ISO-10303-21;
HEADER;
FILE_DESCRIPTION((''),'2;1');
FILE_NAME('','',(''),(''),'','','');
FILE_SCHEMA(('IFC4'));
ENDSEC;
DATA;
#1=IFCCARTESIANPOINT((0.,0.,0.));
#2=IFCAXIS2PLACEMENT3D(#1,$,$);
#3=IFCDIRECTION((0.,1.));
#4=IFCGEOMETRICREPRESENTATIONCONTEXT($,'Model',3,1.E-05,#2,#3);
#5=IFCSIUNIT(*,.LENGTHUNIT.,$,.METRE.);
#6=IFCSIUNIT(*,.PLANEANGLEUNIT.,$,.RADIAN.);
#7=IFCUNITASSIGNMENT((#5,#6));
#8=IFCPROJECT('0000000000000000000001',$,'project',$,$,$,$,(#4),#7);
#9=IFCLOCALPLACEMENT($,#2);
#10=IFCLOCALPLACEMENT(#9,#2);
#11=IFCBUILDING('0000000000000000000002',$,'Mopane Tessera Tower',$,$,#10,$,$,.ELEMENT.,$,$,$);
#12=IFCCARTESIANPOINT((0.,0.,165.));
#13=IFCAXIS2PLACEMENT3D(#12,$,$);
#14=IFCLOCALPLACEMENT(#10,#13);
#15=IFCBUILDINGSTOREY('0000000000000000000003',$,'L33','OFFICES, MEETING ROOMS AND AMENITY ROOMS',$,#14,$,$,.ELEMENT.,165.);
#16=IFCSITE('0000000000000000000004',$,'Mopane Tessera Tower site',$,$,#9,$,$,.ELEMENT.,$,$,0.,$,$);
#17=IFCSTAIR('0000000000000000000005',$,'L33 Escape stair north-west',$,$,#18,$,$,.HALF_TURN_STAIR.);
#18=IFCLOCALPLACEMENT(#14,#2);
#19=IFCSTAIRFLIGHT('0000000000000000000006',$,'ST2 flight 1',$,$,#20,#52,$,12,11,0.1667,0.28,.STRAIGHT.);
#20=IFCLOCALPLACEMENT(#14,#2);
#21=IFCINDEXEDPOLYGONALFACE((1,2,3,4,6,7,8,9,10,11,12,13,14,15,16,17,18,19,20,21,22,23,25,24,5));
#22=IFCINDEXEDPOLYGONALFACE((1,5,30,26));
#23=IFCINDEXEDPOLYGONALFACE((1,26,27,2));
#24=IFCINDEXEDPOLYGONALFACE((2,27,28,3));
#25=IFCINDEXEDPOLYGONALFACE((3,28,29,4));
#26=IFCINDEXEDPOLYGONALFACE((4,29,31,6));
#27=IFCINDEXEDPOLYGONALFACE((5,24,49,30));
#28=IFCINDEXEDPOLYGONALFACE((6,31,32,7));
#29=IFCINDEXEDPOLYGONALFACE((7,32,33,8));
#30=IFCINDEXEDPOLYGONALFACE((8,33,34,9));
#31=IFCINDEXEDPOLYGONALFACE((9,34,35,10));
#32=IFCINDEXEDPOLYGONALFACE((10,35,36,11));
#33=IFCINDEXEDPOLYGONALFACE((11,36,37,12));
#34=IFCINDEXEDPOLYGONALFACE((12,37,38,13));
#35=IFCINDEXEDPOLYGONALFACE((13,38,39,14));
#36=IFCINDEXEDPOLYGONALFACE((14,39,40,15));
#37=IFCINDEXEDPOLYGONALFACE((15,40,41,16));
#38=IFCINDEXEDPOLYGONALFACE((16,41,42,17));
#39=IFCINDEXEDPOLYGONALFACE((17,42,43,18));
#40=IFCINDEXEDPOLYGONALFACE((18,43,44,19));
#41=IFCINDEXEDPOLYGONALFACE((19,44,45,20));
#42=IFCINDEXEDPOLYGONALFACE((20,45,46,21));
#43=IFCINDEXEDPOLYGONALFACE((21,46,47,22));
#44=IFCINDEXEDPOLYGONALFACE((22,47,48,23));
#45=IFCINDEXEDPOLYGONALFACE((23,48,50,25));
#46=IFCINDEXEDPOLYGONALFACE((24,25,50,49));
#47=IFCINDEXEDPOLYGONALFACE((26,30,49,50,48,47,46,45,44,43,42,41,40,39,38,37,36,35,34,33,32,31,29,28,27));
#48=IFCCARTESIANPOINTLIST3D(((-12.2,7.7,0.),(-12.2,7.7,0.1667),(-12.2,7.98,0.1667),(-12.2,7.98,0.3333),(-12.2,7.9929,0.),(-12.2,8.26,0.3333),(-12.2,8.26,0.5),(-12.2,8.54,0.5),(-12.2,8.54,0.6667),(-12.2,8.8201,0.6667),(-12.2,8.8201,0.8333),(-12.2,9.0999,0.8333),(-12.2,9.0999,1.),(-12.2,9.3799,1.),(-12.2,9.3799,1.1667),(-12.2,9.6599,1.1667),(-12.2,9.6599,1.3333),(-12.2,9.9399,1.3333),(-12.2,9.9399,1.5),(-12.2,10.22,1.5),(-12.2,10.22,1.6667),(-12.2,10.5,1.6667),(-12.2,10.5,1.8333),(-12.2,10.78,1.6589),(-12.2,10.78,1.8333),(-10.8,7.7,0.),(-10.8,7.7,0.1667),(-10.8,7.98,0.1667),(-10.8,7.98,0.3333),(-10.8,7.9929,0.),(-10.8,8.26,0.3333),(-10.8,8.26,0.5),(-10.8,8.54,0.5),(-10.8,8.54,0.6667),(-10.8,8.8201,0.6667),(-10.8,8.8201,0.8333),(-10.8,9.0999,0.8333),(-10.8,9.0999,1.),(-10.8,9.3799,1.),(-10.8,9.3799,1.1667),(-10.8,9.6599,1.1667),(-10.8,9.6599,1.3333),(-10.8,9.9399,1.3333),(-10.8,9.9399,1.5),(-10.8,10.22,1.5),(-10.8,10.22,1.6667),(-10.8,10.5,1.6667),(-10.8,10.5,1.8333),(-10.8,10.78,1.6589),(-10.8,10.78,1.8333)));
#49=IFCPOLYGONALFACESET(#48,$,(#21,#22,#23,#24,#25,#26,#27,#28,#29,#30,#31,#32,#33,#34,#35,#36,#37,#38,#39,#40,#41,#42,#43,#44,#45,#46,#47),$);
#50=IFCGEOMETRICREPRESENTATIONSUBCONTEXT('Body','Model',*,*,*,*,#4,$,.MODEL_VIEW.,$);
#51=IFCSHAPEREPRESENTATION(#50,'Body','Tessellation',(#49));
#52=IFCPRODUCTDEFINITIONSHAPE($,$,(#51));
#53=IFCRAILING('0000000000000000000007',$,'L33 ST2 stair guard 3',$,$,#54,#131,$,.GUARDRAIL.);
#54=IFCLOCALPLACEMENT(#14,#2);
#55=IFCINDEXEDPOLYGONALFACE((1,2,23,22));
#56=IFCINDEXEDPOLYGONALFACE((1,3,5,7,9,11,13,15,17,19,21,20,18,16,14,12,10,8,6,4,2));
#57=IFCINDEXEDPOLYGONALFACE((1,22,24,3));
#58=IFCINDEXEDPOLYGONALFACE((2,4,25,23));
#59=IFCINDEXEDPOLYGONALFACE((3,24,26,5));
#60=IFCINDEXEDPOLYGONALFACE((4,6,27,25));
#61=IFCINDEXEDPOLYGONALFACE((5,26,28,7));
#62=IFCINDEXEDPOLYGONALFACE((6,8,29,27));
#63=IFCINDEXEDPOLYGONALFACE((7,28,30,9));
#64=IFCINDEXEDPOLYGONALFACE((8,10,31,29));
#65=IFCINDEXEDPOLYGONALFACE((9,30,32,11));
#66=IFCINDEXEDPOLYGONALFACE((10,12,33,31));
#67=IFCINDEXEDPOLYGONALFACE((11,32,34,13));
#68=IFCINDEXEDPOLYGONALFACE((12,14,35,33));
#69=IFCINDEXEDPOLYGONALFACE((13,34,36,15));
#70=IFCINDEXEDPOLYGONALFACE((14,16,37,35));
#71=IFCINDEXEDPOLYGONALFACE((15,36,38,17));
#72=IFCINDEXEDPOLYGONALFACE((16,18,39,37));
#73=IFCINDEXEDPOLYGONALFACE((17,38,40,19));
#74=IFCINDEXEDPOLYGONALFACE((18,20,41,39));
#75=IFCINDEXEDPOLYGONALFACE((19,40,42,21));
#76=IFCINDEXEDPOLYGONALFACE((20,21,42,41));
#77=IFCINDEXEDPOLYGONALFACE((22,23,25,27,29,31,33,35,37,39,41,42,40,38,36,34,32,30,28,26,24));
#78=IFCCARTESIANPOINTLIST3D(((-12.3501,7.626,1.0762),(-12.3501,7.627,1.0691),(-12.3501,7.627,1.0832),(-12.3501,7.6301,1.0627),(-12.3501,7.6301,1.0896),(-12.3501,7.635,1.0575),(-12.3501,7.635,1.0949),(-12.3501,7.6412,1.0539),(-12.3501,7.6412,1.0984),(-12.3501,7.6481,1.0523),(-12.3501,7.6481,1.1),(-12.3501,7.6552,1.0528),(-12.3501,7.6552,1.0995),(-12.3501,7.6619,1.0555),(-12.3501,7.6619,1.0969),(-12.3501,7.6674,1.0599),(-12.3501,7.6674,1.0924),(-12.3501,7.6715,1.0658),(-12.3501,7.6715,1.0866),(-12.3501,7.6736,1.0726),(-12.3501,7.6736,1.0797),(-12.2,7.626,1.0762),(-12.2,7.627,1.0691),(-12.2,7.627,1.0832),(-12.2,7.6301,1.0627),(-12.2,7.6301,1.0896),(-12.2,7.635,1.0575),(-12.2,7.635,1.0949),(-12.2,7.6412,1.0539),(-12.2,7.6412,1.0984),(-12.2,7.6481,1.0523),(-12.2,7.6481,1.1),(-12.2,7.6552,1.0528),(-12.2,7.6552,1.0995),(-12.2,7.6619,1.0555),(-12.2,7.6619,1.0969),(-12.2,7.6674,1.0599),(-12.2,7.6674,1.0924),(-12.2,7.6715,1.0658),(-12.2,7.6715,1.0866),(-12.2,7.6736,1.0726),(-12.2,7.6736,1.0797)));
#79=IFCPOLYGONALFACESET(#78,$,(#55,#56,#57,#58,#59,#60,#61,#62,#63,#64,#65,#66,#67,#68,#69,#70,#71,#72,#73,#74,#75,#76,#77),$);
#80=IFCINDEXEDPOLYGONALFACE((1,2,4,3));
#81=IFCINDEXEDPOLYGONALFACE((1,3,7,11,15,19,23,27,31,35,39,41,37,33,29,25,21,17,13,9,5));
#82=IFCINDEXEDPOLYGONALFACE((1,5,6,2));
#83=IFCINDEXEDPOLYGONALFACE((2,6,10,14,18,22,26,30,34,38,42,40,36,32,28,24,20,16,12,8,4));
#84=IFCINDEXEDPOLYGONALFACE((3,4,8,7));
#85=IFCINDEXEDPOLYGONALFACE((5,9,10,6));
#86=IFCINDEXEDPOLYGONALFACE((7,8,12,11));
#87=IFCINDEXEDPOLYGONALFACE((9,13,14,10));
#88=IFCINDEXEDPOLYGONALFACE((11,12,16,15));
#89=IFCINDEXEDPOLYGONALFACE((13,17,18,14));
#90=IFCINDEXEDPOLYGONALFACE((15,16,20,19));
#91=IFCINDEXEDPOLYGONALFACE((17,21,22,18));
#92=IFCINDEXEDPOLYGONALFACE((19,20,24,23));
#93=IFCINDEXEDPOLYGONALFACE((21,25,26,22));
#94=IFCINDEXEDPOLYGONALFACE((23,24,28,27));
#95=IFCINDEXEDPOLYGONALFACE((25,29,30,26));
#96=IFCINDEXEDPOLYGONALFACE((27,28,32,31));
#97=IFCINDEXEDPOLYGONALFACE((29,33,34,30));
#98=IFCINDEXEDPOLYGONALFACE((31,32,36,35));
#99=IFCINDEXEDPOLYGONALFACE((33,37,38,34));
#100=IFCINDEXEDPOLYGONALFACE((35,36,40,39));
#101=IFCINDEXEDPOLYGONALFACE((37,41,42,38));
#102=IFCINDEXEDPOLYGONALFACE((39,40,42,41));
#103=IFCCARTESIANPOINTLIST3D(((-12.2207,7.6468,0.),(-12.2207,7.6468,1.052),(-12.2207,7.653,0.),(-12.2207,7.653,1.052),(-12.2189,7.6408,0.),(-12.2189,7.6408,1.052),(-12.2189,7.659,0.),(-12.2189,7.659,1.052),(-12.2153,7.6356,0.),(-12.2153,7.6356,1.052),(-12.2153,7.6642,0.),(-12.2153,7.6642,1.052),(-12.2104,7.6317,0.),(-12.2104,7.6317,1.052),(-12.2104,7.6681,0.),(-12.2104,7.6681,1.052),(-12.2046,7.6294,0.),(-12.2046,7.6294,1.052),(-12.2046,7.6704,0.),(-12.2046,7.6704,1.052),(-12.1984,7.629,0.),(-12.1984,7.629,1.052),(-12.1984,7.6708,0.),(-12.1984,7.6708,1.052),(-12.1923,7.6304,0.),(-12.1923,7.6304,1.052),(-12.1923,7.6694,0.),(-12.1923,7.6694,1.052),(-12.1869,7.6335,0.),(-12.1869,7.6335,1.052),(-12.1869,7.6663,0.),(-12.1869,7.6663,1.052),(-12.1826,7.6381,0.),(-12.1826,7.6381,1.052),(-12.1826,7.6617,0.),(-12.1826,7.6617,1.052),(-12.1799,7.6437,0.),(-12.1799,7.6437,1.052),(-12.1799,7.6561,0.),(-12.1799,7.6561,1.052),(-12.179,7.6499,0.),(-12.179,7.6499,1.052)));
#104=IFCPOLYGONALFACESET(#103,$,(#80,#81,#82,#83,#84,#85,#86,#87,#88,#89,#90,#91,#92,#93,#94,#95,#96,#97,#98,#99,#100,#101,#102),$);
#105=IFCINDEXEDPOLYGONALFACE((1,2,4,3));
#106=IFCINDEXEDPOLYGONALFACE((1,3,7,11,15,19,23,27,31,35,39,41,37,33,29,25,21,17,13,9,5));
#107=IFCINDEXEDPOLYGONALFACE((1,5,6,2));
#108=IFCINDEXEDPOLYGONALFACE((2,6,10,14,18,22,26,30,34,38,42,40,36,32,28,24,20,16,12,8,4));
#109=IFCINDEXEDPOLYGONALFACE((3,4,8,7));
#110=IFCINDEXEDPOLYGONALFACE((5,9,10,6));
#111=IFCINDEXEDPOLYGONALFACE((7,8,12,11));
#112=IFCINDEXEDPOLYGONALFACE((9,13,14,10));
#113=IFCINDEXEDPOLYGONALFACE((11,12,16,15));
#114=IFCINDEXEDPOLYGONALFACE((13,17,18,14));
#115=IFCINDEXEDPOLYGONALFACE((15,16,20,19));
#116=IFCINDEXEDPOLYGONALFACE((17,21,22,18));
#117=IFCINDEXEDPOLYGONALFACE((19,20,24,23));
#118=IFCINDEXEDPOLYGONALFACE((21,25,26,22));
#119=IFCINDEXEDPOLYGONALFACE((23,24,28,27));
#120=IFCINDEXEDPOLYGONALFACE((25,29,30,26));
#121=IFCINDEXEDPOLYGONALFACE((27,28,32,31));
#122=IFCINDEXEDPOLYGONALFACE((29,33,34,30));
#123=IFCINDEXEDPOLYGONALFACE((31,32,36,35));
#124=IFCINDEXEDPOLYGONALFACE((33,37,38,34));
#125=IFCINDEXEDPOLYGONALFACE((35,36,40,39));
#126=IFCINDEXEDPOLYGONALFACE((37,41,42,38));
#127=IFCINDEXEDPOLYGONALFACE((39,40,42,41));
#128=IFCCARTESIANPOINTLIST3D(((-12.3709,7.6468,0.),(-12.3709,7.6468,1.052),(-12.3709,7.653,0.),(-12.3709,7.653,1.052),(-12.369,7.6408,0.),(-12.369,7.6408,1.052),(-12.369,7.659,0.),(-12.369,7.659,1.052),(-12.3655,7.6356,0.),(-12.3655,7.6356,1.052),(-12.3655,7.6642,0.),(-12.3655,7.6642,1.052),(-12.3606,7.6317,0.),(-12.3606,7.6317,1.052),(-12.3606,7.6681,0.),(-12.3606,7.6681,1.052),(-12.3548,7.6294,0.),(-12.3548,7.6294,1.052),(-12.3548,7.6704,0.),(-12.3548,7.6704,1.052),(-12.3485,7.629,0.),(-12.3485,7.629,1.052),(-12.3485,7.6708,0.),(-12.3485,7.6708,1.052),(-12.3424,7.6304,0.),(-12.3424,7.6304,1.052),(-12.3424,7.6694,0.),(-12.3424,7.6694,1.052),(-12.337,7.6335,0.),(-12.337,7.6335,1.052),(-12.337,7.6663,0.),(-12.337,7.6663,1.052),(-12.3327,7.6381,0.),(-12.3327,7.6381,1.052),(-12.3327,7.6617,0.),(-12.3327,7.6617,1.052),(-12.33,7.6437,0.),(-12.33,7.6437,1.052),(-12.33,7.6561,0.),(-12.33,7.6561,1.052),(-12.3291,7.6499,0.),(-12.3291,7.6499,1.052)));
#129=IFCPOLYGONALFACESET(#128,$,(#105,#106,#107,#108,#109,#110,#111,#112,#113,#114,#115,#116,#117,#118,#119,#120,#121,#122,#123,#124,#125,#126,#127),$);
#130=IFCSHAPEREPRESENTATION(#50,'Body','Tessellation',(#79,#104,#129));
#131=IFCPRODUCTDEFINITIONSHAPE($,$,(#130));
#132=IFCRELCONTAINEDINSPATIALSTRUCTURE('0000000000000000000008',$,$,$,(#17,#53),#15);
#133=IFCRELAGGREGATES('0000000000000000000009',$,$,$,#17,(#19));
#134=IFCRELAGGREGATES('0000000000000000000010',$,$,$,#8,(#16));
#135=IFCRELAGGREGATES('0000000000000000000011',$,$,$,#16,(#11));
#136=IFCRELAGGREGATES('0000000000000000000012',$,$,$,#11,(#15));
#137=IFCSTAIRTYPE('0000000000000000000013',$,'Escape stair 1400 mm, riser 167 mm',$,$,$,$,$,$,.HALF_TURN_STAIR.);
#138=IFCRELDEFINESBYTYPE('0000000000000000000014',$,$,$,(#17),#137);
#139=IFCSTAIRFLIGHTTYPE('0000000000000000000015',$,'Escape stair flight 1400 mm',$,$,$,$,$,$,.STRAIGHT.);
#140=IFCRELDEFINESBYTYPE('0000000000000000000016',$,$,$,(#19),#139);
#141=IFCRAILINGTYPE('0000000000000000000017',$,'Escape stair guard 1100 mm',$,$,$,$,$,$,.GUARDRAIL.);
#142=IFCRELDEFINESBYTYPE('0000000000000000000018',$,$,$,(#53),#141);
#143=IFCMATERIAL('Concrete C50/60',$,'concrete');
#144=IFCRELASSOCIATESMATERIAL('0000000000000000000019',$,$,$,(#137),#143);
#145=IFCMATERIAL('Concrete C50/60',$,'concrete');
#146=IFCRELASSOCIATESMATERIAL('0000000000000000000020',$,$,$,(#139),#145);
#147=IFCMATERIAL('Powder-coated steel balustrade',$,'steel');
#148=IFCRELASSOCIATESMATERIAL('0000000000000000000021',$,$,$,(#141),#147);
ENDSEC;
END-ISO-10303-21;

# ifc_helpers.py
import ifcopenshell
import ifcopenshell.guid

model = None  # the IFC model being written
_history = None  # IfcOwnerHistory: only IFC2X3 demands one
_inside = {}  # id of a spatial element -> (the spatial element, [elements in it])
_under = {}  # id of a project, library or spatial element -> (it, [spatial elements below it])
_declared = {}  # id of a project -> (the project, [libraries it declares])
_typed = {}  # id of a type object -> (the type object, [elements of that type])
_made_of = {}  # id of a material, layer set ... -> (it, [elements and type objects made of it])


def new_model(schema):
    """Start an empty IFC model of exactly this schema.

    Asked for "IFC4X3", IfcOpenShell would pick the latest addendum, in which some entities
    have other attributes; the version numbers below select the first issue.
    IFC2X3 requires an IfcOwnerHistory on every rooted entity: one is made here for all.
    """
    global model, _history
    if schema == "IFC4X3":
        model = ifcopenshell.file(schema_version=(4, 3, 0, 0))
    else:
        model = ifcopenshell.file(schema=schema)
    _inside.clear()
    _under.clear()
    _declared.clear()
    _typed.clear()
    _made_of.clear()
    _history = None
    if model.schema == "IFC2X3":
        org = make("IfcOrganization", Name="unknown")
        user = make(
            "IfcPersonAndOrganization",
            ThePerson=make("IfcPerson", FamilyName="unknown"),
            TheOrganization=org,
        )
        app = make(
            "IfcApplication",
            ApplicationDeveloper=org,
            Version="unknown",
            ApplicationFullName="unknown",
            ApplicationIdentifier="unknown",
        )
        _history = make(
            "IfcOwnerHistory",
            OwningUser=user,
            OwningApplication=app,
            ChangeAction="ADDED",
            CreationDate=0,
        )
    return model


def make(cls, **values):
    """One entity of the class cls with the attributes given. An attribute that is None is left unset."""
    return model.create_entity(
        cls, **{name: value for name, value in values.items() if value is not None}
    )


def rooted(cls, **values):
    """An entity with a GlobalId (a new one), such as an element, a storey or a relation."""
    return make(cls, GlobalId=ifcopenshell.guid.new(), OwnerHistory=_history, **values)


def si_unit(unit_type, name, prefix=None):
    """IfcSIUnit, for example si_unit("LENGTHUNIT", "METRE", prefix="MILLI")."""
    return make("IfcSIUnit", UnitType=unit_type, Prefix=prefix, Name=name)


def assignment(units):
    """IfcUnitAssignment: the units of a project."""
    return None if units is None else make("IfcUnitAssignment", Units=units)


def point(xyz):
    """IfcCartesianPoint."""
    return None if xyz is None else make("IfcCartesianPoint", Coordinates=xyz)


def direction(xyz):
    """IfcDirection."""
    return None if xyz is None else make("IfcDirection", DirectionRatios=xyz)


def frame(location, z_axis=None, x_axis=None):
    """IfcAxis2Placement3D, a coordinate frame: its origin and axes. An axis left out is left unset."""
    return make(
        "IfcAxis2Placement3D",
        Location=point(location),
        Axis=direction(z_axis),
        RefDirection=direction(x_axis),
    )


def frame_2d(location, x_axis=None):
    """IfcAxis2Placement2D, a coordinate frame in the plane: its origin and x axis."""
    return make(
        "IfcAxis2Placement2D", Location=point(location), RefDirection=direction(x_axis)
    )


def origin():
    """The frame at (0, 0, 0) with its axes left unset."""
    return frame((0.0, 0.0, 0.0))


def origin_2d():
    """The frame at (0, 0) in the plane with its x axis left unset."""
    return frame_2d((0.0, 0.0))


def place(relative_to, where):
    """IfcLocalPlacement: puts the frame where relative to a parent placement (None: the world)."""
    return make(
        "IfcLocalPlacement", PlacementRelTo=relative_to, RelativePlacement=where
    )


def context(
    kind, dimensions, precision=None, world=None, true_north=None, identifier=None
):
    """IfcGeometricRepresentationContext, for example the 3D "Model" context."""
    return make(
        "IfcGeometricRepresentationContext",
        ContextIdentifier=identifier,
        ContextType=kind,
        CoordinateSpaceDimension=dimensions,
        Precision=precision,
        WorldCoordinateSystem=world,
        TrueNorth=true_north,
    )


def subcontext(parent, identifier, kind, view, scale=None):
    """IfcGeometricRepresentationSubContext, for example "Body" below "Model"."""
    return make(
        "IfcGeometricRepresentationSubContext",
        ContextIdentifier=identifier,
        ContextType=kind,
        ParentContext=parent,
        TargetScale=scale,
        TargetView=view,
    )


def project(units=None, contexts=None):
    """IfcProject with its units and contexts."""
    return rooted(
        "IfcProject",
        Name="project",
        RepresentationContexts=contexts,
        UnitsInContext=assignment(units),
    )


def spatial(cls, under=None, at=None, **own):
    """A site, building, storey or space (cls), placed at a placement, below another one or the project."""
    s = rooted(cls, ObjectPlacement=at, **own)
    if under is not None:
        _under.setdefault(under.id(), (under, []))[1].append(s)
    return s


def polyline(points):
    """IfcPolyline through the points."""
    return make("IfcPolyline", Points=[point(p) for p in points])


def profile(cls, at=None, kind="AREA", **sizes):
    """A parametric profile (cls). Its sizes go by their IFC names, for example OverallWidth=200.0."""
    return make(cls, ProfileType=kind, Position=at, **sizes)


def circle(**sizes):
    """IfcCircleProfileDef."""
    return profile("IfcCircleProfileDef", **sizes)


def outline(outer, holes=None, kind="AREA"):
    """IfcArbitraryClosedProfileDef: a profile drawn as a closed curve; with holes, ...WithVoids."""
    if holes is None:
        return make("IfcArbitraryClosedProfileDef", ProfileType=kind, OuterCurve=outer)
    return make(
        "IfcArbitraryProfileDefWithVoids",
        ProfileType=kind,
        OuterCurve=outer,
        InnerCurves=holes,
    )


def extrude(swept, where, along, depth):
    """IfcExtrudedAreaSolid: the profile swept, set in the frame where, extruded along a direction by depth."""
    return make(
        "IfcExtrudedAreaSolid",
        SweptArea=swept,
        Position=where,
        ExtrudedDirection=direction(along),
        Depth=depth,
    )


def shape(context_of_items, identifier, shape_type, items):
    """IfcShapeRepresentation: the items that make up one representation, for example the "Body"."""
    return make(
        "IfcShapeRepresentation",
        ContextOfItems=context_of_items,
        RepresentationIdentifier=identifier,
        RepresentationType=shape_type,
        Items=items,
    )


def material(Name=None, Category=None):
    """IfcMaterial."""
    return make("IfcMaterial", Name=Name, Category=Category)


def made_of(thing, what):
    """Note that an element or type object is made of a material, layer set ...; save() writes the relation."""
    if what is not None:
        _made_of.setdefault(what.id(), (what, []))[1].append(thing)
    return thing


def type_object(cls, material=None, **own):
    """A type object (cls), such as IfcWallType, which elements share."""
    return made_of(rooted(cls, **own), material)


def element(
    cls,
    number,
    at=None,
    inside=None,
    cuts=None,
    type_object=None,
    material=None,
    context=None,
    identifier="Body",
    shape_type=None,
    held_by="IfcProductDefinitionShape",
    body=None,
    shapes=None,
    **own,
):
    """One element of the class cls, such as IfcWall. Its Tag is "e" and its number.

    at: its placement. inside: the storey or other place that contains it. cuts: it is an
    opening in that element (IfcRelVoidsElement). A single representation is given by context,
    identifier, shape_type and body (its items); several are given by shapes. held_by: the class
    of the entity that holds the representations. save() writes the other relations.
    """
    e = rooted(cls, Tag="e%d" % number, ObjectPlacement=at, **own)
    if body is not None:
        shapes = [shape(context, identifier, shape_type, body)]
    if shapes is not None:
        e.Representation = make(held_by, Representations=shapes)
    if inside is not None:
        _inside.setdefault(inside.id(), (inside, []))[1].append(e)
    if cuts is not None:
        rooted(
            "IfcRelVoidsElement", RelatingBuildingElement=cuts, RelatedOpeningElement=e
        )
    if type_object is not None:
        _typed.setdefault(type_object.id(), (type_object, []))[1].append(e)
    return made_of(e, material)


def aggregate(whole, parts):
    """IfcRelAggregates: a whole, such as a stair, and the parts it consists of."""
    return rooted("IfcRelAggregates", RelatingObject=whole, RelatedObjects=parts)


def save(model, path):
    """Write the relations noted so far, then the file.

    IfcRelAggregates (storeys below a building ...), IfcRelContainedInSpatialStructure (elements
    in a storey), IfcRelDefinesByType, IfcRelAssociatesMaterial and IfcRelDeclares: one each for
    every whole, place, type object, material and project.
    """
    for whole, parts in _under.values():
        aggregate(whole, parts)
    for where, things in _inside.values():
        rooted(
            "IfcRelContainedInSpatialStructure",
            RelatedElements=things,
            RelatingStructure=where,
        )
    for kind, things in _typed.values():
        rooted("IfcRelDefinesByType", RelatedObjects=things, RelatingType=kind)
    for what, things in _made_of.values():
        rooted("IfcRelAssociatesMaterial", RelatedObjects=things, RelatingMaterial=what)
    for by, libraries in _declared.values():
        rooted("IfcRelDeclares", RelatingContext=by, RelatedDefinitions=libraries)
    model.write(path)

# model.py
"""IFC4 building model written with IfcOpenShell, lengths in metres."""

from ifc_helpers import new_model, si_unit, direction, frame, origin, origin_2d, place, context, subcontext, project, spatial, polyline, circle, outline, extrude, material, type_object, element, aggregate, save


model = new_model("IFC4")

# Units and contexts
model_context = context("Model", 3, precision=1e-05, world=origin(), true_north=direction((0.0, 1.0)))
body_context = subcontext(model_context, "Body", "Model", "MODEL_VIEW")
ifc_project = project(units=[si_unit("LENGTHUNIT", "METRE"), si_unit("PLANEANGLEUNIT", "RADIAN")], contexts=[model_context])

# Site, building, storey
site_placement = place(None, origin())
site = spatial("IfcSite", under=ifc_project, at=site_placement, Name="Mopane Tessera Tower site", CompositionType="ELEMENT", RefElevation=0.0)
building_placement = place(site_placement, origin())
building = spatial("IfcBuilding", under=site, at=building_placement, Name="Mopane Tessera Tower", CompositionType="ELEMENT")
storey_placement = place(building_placement, frame((0.0, 0.0, 165.0)))
storey = spatial("IfcBuildingStorey", under=building, at=storey_placement, Name="L33", Description="OFFICES, MEETING ROOMS AND AMENITY ROOMS", CompositionType="ELEMENT", Elevation=165.0)

# Stair, stair flight
ifc_material_1 = material(Name="Concrete C50/60", Category="concrete")
stair_type = type_object("IfcStairType", Name="Escape stair 1400 mm, riser 167 mm", PredefinedType="HALF_TURN_STAIR", material=ifc_material_1)
stair_placement = place(storey_placement, origin())
stair = element("IfcStair", 1, at=stair_placement, inside=storey, type_object=stair_type, Name="L33 Escape stair north-west", PredefinedType="HALF_TURN_STAIR")
ifc_material_2 = material(Name="Concrete C50/60", Category="concrete")
stair_flight_type = type_object("IfcStairFlightType", Name="Escape stair flight 1400 mm", PredefinedType="STRAIGHT", material=ifc_material_2)
stair_flight_placement = place(storey_placement, frame((-11.5, 7.7, 0.0), z_axis=(0.0, 0.0, 1.0), x_axis=(0.0, 1.0, 0.0)))
stair_flight = element("IfcStairFlight", 2, at=stair_flight_placement, type_object=stair_flight_type, Name="ST2 flight 1", NumberOfRisers=12, NumberOfTreads=11, PredefinedType="STRAIGHT", RiserHeight=0.1667, TreadLength=0.28, context=body_context, shape_type="SweptSolid", body=[
    extrude(outline(polyline([(0.0, 0.0), (0.0, 0.1667), (0.28, 0.1667), (0.28, 0.3333), (0.5601, 0.3333), (0.5601, 0.5), (0.8401, 0.5), (0.8401, 0.6667), (1.1201, 0.6667), (1.1201, 0.8333), (1.3999, 0.8333), (1.3999, 1.0), (1.6799, 1.0), (1.6799, 1.1667), (1.96, 1.1667), (1.96, 1.3333), (2.24, 1.3333), (2.24, 1.5), (2.52, 1.5), (2.52, 1.6667), (2.8, 1.6667), (2.8, 1.8333), (3.0801, 1.8333), (3.0801, 2.0), (3.0801, 1.6589), (0.293, 0.0), (0.0, 0.0)])), frame((0.0, 0.7, 0.0), z_axis=(0.0, -1.0, 0.0), x_axis=(1.0, 0.0, 0.0)), (0.0, 0.0, 1.0), 1.3999),
])
aggregate(stair, [stair_flight])

# Railing
ifc_material_3 = material(Name="Powder-coated steel balustrade", Category="steel")
railing_type_1 = type_object("IfcRailingType", Name="Escape stair guard 1100 mm", PredefinedType="GUARDRAIL", material=ifc_material_3)
railing_1_placement = place(storey_placement, frame((-12.2, 7.6499, 0.0)))
element("IfcRailing", 3, at=railing_1_placement, inside=storey, type_object=railing_type_1, Name="L33 ST2 stair guard 3", PredefinedType="GUARDRAIL", context=body_context, shape_type="SweptSolid", body=[
    extrude(circle(Radius=0.0239, at=origin_2d()), frame((0.0, 0.0, 1.0762), z_axis=(-1.0, 0.0, 0.0), x_axis=(0.0, -1.0, 0.0)), (0.0, 0.0, 1.0), 0.1501),
    extrude(circle(Radius=0.021, at=origin_2d()), origin(), (0.0, 0.0, 1.0), 1.052),
    extrude(circle(Radius=0.021, at=origin_2d()), frame((-0.1501, 0.0, 0.0)), (0.0, 0.0, 1.0), 1.052),
])

save(model, "model.ifc")
